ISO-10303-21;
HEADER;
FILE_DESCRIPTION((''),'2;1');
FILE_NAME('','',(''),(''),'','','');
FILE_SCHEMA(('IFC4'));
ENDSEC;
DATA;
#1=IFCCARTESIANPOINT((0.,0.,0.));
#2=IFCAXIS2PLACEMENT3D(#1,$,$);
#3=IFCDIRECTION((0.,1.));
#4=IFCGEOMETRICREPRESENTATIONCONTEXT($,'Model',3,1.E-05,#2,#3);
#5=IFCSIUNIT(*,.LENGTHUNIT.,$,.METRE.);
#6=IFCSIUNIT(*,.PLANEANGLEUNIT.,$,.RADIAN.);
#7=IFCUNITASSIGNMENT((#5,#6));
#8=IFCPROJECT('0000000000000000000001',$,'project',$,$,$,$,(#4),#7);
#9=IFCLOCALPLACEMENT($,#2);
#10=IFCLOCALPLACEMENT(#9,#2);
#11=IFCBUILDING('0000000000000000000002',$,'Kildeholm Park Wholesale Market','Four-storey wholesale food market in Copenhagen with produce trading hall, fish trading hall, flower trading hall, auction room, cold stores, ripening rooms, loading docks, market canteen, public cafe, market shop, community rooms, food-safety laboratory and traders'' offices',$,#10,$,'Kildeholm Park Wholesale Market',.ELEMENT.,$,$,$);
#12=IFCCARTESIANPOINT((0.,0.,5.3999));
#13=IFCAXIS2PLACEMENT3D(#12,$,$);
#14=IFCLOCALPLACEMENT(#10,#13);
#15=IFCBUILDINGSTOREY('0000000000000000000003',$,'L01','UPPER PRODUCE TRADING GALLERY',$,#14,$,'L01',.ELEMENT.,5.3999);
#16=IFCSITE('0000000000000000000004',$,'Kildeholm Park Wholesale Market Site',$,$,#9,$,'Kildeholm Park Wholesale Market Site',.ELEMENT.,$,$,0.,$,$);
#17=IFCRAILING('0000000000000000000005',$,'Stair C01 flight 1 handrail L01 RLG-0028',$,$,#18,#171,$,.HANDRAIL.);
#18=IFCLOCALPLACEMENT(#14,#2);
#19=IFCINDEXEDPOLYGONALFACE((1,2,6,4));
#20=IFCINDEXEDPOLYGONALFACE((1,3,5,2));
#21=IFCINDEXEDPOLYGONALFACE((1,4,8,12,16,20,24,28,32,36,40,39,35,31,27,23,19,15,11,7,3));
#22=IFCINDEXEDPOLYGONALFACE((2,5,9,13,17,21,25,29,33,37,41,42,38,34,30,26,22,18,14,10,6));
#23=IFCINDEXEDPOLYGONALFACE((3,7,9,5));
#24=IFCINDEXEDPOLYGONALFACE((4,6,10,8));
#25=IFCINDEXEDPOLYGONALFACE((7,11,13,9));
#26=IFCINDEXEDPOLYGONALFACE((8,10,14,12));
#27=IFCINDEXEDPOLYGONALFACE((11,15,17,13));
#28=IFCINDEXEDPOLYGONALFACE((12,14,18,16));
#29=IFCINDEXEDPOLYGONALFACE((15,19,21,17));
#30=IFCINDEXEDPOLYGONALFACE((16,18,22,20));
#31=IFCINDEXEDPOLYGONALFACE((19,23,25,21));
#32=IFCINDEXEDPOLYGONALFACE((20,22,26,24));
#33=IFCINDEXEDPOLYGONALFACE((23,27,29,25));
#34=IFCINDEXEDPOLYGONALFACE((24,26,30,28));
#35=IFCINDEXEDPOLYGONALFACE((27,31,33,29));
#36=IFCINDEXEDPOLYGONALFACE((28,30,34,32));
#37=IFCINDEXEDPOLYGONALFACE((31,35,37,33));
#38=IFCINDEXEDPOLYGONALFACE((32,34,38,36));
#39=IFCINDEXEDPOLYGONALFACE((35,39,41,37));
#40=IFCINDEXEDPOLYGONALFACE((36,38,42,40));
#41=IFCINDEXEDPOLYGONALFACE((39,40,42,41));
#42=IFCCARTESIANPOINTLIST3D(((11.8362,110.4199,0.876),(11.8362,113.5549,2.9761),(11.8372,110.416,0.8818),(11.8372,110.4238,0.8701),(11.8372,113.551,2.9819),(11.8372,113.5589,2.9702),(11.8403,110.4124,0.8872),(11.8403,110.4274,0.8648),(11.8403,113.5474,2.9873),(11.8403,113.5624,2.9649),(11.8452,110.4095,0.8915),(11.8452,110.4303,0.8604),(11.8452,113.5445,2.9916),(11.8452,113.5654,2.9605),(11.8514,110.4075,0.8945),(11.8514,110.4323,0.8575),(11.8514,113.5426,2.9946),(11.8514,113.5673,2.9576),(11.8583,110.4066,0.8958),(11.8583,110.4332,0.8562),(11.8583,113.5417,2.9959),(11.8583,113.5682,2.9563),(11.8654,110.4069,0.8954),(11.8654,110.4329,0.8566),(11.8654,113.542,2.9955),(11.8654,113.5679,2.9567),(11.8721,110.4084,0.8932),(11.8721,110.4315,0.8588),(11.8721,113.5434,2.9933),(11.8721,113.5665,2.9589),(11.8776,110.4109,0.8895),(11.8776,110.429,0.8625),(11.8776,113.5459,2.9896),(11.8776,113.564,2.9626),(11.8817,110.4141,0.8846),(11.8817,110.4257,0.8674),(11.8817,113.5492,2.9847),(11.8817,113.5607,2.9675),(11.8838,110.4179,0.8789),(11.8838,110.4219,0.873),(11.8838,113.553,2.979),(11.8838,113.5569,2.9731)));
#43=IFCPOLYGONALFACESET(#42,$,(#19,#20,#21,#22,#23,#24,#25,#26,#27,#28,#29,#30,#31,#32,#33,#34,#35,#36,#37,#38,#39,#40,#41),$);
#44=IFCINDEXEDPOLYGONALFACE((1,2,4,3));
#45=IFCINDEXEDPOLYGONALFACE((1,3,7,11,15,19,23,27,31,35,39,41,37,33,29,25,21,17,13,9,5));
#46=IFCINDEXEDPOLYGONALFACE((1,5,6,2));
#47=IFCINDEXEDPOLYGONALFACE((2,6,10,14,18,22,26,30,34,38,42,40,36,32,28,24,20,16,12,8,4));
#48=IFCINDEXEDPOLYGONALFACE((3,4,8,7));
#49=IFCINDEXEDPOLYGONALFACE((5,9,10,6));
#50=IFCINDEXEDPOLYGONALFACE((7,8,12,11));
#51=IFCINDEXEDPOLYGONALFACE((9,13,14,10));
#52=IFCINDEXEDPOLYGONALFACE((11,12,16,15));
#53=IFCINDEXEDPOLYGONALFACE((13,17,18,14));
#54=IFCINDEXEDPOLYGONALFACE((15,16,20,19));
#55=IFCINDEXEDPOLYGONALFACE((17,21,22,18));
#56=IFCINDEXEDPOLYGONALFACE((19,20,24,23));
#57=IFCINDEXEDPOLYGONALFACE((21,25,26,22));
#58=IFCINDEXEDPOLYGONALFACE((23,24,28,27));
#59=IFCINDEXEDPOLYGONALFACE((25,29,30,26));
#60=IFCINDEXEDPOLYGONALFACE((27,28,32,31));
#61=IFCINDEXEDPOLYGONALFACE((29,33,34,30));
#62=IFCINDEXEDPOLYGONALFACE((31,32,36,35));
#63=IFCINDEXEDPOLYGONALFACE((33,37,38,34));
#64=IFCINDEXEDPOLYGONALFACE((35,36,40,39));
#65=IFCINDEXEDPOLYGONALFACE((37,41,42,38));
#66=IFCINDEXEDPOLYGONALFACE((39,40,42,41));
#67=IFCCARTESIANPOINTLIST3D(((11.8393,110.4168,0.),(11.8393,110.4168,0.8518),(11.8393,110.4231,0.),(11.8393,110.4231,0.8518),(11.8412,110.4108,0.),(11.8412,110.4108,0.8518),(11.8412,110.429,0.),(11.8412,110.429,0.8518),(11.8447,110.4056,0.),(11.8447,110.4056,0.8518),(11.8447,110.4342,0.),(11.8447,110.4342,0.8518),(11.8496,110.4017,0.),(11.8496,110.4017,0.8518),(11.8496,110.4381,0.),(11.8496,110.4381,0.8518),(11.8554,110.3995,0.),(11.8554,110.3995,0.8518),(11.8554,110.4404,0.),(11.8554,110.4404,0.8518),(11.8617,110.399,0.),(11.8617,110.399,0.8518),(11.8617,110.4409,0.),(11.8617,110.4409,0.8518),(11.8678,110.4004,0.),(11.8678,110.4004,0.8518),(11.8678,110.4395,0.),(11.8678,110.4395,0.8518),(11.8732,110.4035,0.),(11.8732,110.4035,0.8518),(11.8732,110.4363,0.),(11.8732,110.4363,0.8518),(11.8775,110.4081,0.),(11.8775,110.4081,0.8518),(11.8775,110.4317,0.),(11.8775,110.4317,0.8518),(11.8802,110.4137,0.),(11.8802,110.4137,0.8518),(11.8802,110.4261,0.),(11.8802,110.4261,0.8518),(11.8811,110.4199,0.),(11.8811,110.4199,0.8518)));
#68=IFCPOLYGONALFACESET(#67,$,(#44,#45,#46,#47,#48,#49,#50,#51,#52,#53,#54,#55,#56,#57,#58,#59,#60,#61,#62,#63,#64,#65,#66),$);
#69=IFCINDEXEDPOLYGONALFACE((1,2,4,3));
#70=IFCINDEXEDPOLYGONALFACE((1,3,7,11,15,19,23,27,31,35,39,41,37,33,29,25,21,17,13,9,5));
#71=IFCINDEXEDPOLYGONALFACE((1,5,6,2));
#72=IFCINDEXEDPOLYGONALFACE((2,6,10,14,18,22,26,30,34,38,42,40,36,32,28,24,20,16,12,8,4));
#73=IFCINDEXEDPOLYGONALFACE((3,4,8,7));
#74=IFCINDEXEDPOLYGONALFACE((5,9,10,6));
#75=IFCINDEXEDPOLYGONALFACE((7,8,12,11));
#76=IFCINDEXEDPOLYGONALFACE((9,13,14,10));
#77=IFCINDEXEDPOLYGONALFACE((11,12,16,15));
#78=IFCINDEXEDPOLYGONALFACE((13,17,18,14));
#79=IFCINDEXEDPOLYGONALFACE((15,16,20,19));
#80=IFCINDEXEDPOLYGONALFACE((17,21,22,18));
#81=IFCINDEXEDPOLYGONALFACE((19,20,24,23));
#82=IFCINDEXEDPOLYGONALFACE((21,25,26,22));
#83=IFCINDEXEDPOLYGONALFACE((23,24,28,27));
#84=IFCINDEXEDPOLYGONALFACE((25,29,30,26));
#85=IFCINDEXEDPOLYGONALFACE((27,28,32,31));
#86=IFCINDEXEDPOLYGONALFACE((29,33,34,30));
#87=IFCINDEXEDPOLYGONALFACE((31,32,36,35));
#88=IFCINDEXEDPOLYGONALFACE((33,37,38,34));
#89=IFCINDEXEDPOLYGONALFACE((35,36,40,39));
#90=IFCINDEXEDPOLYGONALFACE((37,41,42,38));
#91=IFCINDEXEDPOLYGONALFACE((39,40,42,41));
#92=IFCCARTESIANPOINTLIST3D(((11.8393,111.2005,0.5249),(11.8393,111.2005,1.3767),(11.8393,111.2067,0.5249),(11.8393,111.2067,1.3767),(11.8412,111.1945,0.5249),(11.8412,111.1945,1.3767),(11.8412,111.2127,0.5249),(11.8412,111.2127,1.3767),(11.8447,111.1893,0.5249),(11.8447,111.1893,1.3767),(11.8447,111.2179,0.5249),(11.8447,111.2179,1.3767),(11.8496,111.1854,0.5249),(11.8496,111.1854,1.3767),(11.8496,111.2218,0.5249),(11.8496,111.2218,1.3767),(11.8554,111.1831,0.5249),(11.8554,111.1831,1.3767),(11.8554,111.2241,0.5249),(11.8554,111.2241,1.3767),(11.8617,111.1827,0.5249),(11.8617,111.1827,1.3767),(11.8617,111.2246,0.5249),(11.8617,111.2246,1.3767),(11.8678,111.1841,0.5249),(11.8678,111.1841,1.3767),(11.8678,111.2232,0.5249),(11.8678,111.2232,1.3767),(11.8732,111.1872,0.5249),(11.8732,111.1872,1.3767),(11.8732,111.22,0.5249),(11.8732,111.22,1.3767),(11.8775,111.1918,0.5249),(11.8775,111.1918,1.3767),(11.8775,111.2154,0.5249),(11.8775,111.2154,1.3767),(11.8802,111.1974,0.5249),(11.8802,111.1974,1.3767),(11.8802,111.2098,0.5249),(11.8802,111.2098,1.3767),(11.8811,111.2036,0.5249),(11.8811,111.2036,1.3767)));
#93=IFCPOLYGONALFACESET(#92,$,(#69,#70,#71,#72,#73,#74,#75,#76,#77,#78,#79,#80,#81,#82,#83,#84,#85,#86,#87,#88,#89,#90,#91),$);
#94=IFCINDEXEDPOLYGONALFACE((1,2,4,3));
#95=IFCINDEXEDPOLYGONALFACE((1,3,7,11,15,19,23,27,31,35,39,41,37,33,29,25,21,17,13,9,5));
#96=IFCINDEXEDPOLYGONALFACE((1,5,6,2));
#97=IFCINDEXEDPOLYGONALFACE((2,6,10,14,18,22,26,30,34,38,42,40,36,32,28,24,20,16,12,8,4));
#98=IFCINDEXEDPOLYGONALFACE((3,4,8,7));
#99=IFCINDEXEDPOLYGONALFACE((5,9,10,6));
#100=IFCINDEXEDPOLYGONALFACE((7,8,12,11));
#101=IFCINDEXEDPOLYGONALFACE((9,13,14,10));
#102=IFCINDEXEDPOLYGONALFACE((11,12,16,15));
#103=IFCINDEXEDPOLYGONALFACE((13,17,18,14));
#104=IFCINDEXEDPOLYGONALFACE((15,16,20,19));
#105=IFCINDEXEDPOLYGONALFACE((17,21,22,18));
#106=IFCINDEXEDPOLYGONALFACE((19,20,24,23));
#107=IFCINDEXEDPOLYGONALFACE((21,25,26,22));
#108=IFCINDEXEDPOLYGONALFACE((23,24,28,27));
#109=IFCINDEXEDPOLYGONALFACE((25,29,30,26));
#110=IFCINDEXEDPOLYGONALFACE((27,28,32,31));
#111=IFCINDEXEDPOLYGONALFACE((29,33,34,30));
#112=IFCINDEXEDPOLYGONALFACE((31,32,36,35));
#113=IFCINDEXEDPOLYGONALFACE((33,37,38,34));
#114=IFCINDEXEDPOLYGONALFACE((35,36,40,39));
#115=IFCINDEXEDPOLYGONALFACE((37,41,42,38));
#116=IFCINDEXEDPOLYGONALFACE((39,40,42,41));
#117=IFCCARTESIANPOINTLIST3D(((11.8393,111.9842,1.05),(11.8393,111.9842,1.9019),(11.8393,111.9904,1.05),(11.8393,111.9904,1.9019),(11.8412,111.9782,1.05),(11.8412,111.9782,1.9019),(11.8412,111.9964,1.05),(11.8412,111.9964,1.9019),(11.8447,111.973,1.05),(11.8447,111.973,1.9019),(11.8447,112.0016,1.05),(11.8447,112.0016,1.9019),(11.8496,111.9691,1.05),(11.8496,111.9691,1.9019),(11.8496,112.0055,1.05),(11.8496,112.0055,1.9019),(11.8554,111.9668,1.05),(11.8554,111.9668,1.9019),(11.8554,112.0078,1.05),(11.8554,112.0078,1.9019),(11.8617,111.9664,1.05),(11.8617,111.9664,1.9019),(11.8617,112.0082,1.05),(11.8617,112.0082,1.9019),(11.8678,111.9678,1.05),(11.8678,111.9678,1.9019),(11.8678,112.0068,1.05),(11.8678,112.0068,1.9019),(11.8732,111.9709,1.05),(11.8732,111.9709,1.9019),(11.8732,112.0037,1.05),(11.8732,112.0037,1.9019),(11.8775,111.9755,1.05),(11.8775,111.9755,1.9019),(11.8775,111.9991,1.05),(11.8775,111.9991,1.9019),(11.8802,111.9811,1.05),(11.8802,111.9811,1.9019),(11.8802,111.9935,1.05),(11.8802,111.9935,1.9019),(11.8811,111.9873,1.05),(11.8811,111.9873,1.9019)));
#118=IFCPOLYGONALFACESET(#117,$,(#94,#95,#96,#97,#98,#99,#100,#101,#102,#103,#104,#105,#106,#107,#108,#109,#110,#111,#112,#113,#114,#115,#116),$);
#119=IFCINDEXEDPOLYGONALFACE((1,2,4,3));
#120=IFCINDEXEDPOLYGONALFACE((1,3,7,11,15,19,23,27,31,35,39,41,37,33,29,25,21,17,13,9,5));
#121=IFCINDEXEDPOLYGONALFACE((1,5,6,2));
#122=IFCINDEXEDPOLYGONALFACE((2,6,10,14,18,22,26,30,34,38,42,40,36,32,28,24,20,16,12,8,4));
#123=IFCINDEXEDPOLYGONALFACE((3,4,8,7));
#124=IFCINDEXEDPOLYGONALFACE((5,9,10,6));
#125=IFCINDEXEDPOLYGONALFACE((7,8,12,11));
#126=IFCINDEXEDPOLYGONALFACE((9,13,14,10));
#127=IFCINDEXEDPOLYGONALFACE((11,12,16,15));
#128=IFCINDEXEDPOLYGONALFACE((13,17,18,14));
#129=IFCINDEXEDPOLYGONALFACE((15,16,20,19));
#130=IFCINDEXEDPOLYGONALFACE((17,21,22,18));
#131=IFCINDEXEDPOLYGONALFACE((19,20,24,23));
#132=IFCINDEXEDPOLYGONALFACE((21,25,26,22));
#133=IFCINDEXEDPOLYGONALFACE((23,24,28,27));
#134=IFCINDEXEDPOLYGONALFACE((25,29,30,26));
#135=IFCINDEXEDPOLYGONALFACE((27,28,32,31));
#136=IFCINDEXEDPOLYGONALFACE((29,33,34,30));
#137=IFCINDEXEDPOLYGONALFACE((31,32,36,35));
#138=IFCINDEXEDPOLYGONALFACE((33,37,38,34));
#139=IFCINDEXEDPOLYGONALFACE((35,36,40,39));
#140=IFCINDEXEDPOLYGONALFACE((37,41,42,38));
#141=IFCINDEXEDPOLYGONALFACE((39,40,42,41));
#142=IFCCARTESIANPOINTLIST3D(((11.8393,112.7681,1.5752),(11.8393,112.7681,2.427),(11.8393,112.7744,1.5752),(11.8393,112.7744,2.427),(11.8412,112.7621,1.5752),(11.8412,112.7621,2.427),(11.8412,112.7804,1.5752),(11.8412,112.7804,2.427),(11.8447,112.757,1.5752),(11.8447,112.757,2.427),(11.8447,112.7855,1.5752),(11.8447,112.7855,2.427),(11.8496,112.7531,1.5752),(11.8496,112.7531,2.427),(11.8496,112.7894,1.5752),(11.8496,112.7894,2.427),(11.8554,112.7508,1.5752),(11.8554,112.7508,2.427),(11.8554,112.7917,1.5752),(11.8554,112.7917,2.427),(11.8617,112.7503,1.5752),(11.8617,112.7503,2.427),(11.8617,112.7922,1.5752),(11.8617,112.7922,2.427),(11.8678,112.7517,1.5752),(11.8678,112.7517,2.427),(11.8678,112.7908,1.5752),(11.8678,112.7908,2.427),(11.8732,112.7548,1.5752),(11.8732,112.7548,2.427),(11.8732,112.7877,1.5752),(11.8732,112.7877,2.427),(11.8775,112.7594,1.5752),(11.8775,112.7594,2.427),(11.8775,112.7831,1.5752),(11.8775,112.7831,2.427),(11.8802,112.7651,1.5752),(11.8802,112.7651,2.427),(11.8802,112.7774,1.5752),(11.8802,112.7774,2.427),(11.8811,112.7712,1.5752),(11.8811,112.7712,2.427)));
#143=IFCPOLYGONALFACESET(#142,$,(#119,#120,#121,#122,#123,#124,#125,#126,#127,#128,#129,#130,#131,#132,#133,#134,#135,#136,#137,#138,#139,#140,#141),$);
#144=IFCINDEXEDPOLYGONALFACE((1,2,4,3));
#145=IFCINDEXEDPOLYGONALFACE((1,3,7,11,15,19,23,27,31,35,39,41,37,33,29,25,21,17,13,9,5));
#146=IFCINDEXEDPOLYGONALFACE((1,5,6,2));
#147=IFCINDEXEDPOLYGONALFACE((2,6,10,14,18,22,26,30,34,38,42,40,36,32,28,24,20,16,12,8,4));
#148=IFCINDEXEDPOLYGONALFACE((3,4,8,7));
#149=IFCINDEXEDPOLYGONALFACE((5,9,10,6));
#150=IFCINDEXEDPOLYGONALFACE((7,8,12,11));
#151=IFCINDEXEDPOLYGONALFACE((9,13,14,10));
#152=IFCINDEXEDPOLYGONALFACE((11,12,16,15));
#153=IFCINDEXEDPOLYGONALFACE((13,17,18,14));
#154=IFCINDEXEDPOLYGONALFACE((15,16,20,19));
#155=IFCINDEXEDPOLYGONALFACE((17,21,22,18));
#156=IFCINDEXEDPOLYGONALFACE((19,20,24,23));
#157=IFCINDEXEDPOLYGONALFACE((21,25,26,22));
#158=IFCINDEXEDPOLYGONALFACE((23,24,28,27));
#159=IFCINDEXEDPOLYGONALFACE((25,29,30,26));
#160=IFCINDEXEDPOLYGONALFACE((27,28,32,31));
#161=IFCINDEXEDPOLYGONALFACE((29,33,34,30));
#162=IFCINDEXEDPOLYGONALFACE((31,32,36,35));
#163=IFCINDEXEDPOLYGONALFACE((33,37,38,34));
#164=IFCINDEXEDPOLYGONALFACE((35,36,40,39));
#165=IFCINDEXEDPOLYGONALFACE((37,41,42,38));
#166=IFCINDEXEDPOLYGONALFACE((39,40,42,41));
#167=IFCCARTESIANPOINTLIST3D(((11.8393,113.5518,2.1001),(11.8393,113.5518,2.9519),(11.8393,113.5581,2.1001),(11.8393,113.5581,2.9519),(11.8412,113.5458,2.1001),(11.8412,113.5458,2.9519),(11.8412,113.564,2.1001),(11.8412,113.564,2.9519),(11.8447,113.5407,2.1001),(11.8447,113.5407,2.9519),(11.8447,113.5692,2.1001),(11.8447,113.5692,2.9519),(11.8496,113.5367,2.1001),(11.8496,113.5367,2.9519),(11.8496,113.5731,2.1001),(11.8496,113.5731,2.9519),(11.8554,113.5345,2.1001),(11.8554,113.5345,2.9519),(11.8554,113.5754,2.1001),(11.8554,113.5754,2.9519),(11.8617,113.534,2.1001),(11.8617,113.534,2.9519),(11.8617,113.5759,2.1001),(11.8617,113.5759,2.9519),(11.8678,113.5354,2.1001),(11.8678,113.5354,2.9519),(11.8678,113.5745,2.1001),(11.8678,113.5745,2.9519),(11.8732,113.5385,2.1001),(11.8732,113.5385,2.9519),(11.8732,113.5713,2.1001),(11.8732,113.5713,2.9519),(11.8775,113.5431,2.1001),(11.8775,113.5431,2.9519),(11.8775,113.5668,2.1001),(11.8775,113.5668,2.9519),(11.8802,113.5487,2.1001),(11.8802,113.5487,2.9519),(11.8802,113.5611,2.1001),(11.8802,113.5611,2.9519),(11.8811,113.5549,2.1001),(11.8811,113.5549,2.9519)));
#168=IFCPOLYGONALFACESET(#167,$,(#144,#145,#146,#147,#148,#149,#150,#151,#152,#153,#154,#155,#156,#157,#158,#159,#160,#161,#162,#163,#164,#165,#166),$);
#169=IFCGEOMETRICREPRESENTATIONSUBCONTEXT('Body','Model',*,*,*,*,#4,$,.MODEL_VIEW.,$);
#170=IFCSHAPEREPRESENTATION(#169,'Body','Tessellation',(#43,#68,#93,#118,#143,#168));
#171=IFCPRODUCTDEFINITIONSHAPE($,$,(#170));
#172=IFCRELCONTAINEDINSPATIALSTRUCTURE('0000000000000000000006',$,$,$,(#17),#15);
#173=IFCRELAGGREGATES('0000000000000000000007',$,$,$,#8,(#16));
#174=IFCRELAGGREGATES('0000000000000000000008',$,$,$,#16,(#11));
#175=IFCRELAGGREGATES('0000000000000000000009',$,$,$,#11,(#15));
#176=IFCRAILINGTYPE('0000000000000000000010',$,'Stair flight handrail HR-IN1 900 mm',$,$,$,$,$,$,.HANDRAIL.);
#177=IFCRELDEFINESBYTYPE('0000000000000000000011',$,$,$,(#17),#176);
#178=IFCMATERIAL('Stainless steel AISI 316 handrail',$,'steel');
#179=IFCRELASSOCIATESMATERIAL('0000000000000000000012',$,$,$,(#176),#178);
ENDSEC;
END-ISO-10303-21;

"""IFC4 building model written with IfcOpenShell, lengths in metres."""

from ifc_helpers import new_model, si_unit, direction, frame, origin, origin_2d, place, context, subcontext, project, spatial, circle, extrude, material, type_object, element, save


model = new_model("IFC4")

# Units and contexts
model_context = context("Model", 3, precision=1e-05, world=origin(), true_north=direction((0.0, 1.0)))
body_context = subcontext(model_context, "Body", "Model", "MODEL_VIEW")
ifc_project = project(units=[si_unit("LENGTHUNIT", "METRE"), si_unit("PLANEANGLEUNIT", "RADIAN")], contexts=[model_context])

# Site, building, storey
site_placement = place(None, origin())
site = spatial("IfcSite", under=ifc_project, at=site_placement, Name="Kildeholm Park Wholesale Market Site", LongName="Kildeholm Park Wholesale Market Site", CompositionType="ELEMENT", RefElevation=0.0)
building_placement = place(site_placement, origin())
building = spatial("IfcBuilding", under=site, at=building_placement, Name="Kildeholm Park Wholesale Market", Description="Four-storey wholesale food market in Copenhagen with produce trading hall, fish trading hall, flower trading hall, auction room, cold stores, ripening rooms, loading docks, market canteen, public cafe, market shop, community rooms, food-safety laboratory and traders' offices", LongName="Kildeholm Park Wholesale Market", CompositionType="ELEMENT")
storey_placement = place(building_placement, frame((0.0, 0.0, 5.3999)))
storey = spatial("IfcBuildingStorey", under=building, at=storey_placement, Name="L01", Description="UPPER PRODUCE TRADING GALLERY", LongName="L01", CompositionType="ELEMENT", Elevation=5.3999)

# Railing
ifc_material_1 = material(Name="Stainless steel AISI 316 handrail", Category="steel")
railing_type_1 = type_object("IfcRailingType", Name="Stair flight handrail HR-IN1 900 mm", PredefinedType="HANDRAIL", material=ifc_material_1)
railing_1_placement = place(storey_placement, frame((11.8601, 110.4199, 0.0)))
element("IfcRailing", 1, at=railing_1_placement, inside=storey, type_object=railing_type_1, Name="Stair C01 flight 1 handrail L01 RLG-0028", PredefinedType="HANDRAIL", context=body_context, shape_type="SweptSolid", body=[
    extrude(circle(Radius=0.0239, at=origin_2d()), frame((0.0, 0.0, 0.876), z_axis=(0.0, 0.830814, 0.55655), x_axis=(-1.0, 0.0, 0.0)), (0.0, 0.0, 1.0), 3.7734),
    extrude(circle(Radius=0.021, at=origin_2d()), origin(), (0.0, 0.0, 1.0), 0.8518),
    extrude(circle(Radius=0.021, at=origin_2d()), frame((0.0, 0.7837, 0.5249)), (0.0, 0.0, 1.0), 0.8518),
    extrude(circle(Radius=0.021, at=origin_2d()), frame((0.0, 1.5674, 1.05)), (0.0, 0.0, 1.0), 0.8518),
    extrude(circle(Radius=0.021, at=origin_2d()), frame((0.0, 2.3513, 1.5752)), (0.0, 0.0, 1.0), 0.8518),
    extrude(circle(Radius=0.021, at=origin_2d()), frame((0.0, 3.135, 2.1001)), (0.0, 0.0, 1.0), 0.8518),
])

save(model, "model.ifc")
